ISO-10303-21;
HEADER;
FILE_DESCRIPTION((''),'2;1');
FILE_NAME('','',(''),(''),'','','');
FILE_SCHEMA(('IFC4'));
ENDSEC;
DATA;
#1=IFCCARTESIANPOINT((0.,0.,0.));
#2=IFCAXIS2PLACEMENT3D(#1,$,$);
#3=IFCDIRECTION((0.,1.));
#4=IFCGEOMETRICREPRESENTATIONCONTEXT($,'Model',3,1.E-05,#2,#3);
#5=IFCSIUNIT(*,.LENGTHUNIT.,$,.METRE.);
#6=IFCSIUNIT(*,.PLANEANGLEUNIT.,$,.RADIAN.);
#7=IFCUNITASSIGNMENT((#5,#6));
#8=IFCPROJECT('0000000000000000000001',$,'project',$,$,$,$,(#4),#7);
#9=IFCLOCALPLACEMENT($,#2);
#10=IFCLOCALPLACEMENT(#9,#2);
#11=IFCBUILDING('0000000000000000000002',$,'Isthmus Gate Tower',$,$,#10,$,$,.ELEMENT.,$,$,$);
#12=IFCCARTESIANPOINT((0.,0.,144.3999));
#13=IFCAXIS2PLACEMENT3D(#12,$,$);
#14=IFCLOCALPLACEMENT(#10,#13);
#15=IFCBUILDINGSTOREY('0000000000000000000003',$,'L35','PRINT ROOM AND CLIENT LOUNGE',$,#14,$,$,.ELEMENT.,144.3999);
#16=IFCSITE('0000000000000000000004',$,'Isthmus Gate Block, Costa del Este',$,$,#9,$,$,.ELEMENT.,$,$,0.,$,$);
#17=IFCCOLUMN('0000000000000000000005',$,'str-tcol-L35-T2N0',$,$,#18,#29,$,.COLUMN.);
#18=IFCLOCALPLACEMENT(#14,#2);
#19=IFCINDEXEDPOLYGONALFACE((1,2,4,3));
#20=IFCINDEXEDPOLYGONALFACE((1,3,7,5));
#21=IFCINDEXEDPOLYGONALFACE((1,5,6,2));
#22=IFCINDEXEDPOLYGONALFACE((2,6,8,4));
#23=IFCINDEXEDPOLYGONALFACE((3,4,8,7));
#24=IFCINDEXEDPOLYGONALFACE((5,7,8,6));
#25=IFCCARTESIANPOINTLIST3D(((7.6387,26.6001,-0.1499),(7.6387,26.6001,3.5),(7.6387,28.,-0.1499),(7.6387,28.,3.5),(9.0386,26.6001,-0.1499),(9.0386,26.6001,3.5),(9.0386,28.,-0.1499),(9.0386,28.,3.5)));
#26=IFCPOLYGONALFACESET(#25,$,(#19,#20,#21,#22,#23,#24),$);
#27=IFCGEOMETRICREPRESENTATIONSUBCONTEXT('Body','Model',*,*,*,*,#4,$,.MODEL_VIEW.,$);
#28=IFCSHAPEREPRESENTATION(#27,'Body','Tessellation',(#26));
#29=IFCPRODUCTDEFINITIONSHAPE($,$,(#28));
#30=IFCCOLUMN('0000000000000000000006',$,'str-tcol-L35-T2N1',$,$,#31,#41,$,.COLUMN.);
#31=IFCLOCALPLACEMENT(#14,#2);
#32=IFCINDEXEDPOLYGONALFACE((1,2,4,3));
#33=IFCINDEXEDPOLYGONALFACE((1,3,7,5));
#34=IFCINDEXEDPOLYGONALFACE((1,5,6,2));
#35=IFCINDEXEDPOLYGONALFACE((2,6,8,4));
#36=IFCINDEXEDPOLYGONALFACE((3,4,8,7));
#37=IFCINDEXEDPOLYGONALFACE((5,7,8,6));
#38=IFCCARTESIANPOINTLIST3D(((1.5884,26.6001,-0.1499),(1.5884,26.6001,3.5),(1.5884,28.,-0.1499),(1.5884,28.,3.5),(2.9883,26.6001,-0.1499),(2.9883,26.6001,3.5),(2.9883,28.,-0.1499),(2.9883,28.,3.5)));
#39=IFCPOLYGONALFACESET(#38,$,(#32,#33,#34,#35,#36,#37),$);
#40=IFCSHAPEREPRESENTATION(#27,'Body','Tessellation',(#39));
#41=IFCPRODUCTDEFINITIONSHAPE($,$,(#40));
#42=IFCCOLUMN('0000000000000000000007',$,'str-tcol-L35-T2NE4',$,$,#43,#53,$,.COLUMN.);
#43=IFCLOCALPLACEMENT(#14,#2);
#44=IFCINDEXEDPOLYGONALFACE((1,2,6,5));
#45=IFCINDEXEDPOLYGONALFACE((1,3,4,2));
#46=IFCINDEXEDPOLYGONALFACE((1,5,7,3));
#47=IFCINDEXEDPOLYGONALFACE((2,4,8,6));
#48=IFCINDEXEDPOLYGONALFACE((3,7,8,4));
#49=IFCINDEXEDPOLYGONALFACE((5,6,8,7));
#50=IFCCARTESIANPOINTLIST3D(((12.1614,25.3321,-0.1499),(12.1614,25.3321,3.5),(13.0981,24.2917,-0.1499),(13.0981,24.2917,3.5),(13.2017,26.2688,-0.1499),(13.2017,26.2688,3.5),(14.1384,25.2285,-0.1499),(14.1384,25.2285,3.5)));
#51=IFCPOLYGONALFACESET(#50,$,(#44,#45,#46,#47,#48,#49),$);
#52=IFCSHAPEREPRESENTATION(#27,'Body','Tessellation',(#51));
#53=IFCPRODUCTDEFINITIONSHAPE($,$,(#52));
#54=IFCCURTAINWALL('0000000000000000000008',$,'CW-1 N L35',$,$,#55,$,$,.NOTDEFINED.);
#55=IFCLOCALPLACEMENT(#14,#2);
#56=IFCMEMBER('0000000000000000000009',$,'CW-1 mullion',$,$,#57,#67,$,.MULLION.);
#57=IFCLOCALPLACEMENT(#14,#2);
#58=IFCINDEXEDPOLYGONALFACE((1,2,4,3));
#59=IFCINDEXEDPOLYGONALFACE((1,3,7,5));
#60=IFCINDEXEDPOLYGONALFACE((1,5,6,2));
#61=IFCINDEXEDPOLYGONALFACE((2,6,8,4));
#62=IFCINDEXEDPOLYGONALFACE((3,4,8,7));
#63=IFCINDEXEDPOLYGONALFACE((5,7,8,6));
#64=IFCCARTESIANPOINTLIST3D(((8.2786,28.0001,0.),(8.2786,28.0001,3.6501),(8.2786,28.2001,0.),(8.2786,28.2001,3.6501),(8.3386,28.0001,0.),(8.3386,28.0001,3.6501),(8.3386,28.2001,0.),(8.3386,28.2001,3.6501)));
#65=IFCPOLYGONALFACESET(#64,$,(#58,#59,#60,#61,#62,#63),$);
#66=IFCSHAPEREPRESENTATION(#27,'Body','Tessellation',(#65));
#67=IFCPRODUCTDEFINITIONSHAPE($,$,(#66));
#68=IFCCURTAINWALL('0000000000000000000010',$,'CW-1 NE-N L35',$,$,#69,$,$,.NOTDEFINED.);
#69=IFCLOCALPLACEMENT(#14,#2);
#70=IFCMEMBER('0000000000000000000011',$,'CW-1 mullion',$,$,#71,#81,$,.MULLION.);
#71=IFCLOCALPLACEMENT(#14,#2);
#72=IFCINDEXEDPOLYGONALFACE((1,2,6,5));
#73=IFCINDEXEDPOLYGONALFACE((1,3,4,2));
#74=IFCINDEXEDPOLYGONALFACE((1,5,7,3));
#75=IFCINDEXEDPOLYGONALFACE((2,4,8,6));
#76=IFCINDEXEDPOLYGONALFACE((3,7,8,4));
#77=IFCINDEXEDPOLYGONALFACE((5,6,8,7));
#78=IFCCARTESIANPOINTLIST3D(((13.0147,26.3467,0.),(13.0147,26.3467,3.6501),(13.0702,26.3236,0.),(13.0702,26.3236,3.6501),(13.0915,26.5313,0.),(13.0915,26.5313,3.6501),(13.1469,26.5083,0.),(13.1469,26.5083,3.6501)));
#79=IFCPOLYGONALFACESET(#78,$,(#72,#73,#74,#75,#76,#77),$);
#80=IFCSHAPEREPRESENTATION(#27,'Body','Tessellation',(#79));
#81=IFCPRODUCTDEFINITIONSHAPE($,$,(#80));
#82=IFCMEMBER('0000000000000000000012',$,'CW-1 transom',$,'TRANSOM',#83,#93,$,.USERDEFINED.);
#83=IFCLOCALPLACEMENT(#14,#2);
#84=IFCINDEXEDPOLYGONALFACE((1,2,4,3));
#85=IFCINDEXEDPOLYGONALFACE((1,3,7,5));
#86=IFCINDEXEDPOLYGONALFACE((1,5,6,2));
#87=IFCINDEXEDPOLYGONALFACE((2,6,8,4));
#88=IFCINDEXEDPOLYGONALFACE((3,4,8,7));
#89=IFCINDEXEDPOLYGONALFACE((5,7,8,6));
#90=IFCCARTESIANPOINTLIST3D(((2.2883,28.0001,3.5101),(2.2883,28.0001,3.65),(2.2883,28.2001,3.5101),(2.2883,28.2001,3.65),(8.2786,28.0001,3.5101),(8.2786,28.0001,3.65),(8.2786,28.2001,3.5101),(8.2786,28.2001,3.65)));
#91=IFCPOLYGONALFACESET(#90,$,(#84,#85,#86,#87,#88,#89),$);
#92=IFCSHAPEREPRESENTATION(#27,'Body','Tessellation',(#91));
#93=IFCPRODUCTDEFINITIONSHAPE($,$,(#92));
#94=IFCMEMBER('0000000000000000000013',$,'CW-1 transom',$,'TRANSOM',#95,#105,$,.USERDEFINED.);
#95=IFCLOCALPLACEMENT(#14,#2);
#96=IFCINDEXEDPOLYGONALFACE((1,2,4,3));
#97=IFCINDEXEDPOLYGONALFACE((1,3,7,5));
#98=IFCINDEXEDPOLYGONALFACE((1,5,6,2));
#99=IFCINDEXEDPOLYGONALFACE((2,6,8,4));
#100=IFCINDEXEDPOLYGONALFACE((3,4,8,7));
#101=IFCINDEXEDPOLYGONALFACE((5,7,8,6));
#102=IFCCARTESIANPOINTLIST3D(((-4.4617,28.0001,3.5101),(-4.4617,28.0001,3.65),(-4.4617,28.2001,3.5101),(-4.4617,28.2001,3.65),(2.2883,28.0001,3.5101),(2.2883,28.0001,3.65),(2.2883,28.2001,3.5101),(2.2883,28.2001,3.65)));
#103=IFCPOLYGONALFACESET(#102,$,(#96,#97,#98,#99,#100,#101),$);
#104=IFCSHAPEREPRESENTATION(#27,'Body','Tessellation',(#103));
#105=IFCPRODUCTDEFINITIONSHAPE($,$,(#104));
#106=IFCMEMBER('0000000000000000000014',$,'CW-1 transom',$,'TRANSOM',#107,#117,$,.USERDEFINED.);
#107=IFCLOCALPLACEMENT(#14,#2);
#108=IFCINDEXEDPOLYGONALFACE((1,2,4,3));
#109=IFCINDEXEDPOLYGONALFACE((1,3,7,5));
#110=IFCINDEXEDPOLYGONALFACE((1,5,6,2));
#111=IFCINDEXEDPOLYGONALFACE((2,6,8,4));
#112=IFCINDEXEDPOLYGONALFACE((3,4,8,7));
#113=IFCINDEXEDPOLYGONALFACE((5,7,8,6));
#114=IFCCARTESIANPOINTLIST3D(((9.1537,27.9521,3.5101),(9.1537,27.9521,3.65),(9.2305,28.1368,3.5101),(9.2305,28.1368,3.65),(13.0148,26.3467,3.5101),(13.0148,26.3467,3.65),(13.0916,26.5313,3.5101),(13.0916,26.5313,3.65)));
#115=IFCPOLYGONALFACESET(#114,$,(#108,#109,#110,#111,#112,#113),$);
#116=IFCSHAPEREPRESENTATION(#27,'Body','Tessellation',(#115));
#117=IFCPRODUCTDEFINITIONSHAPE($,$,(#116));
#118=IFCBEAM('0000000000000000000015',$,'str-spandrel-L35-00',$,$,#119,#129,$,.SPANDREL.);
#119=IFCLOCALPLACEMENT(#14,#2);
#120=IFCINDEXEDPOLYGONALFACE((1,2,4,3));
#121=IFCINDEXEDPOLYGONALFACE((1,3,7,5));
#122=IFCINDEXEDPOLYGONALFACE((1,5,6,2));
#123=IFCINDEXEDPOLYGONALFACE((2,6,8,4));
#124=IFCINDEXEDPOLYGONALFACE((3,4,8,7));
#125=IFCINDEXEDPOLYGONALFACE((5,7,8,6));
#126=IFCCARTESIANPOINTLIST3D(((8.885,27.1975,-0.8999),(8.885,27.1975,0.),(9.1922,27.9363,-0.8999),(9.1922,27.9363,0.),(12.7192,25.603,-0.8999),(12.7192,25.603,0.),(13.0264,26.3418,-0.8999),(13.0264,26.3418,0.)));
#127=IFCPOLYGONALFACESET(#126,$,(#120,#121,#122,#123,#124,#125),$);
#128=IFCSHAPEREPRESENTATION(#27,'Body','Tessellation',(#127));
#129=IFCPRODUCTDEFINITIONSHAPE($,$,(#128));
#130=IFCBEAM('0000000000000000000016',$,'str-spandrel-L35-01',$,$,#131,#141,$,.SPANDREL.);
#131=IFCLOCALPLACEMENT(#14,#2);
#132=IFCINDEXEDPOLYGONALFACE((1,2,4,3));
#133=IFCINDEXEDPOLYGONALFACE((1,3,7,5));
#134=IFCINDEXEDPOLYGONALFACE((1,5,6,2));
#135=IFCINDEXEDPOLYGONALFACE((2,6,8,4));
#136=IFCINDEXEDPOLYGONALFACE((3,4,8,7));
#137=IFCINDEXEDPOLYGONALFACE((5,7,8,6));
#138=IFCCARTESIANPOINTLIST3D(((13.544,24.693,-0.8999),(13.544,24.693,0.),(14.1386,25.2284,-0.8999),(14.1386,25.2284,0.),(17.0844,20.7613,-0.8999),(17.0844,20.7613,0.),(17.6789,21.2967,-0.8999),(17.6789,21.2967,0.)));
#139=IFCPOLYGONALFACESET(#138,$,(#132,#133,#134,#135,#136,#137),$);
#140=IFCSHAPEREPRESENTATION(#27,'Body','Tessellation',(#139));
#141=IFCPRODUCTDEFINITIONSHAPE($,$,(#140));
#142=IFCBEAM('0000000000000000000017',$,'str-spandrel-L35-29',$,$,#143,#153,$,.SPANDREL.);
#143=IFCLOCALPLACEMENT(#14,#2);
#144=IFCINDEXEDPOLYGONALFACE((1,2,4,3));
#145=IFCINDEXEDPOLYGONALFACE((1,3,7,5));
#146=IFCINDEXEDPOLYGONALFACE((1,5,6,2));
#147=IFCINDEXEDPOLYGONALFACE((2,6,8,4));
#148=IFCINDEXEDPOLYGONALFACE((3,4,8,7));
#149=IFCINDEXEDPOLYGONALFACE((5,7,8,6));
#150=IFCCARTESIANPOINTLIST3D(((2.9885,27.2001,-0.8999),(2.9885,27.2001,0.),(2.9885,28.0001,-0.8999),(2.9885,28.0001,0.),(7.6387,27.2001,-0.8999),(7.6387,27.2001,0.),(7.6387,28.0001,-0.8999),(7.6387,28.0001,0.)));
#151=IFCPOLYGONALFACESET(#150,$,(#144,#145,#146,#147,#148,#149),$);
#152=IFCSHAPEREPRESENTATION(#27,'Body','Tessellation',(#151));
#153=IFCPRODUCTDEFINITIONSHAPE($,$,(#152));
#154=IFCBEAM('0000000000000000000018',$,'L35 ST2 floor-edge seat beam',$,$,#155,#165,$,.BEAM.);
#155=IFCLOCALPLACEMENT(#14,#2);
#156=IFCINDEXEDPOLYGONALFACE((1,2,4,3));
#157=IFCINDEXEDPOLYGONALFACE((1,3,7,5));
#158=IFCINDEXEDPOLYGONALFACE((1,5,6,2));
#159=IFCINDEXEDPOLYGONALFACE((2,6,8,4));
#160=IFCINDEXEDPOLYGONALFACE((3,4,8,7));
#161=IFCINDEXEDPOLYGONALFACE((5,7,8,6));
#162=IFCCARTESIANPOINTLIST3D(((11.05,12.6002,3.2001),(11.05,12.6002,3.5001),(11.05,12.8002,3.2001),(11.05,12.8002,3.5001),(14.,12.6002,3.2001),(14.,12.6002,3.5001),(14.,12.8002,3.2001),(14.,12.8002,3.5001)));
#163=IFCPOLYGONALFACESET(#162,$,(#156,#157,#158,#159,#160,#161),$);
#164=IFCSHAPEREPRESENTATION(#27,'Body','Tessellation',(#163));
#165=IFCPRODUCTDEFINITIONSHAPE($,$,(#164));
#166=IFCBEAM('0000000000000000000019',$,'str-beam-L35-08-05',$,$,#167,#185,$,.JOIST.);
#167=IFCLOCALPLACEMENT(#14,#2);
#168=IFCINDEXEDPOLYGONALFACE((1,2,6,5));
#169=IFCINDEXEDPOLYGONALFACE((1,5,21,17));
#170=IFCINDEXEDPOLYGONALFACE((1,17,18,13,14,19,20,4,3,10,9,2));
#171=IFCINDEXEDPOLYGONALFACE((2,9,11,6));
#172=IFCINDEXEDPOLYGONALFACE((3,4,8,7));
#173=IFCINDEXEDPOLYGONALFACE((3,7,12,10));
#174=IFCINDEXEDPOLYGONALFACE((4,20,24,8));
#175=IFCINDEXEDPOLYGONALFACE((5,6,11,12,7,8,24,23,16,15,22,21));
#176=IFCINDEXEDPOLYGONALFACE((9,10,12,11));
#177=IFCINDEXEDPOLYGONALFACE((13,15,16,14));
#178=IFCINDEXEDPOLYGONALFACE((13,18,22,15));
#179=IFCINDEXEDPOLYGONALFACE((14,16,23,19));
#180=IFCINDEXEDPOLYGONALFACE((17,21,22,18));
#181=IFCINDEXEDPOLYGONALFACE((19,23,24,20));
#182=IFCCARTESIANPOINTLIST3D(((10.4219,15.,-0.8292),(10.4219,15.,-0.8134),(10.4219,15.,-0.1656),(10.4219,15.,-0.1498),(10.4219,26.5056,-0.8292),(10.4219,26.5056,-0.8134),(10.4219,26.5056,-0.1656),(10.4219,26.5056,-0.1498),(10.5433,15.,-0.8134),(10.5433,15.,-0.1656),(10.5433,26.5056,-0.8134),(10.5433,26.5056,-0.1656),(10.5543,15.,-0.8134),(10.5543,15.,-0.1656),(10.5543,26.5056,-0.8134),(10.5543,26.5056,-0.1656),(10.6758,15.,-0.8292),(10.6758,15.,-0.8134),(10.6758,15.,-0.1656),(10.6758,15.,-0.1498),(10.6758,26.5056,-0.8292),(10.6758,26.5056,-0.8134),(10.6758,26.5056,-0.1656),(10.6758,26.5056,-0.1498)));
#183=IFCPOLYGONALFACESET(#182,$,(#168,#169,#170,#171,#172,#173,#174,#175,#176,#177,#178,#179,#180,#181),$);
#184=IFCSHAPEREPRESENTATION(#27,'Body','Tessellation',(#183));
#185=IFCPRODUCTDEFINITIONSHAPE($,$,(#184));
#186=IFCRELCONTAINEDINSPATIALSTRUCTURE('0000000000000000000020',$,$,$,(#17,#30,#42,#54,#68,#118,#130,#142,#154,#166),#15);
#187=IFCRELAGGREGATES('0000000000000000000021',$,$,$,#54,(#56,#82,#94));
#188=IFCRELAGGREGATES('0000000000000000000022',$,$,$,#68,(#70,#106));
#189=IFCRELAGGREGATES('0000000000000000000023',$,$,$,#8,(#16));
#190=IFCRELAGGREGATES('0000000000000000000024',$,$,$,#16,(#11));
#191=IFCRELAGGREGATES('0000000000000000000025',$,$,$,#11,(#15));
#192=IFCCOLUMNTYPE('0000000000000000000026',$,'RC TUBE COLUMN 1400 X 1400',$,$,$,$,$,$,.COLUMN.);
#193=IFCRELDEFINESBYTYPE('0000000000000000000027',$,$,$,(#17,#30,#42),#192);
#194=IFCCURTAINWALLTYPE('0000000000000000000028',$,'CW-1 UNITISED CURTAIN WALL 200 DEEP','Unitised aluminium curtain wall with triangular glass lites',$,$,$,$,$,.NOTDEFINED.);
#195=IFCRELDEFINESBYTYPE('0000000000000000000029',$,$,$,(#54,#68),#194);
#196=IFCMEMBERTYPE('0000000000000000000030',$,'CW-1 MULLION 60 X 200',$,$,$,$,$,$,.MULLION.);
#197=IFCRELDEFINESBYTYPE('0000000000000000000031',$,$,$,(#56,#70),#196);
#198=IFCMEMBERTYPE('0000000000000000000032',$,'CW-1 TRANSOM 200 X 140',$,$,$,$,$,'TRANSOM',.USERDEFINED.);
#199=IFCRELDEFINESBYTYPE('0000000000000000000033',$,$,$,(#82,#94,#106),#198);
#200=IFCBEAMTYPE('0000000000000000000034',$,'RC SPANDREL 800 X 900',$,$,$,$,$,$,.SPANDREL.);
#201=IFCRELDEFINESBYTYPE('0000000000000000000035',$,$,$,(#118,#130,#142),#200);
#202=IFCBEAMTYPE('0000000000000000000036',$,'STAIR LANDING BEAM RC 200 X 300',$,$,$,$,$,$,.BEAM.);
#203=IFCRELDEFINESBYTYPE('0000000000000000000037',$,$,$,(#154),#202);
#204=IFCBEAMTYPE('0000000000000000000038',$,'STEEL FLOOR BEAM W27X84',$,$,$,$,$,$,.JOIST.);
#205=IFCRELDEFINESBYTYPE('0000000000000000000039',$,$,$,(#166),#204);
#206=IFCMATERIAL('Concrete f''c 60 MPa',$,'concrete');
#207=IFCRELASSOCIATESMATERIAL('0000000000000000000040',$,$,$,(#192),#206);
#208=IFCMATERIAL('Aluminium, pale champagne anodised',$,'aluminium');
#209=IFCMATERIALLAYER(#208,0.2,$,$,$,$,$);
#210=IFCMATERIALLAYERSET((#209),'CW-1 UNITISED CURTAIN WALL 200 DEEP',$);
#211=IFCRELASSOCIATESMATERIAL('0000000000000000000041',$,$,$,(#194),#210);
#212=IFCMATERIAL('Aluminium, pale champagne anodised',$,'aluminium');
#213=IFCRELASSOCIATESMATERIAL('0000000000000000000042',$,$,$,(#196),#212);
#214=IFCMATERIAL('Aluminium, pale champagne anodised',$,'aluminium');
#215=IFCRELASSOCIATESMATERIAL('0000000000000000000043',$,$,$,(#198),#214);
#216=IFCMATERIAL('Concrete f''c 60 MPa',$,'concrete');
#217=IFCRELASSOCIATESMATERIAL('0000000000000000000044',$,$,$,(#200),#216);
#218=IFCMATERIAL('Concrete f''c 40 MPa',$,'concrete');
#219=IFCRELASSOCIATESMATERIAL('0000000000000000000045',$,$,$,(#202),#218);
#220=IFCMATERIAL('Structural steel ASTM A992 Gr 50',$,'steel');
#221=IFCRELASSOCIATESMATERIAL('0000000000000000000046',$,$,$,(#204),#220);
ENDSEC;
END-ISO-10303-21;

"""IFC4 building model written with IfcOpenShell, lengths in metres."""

from ifc_helpers import new_model, si_unit, direction, frame, origin, origin_2d, place, context, subcontext, project, spatial, rectangle, i_section, extrude, material, layer, layer_set, material_profile, profile_set, type_object, element, aggregate, save


model = new_model("IFC4")

# Units and contexts
model_context = context("Model", 3, precision=1e-05, world=origin(), true_north=direction((0.0, 1.0)))
body_context = subcontext(model_context, "Body", "Model", "MODEL_VIEW")
ifc_project = project(units=[si_unit("LENGTHUNIT", "METRE"), si_unit("PLANEANGLEUNIT", "RADIAN")], contexts=[model_context])

# Site, building, storey
site_placement = place(None, origin())
site = spatial("IfcSite", under=ifc_project, at=site_placement, Name="Isthmus Gate Block, Costa del Este", CompositionType="ELEMENT", RefElevation=0.0)
building_placement = place(site_placement, origin())
building = spatial("IfcBuilding", under=site, at=building_placement, Name="Isthmus Gate Tower", CompositionType="ELEMENT")
storey_placement = place(building_placement, frame((0.0, 0.0, 144.3999)))
storey = spatial("IfcBuildingStorey", under=building, at=storey_placement, Name="L35", Description="PRINT ROOM AND CLIENT LOUNGE", CompositionType="ELEMENT", Elevation=144.3999)

# Columns
ifc_material_1 = material(Name="Concrete f'c 60 MPa", Category="concrete")
ifc_material_profile_1 = material_profile(ifc_material_1, rectangle(XDim=1.3999, YDim=1.3999, at=origin_2d()), Name="RC 1400X1400")
ifc_profile_set_1 = profile_set([ifc_material_profile_1], Name="Concrete f'c 60 MPa")
column_type = type_object("IfcColumnType", Name="RC TUBE COLUMN 1400 X 1400", PredefinedType="COLUMN", material=ifc_profile_set_1)
for number, where, z_axis, x_axis, name in (
    (1, (8.3386, 27.3, -0.1499), (0.0, 0.0, 1.0), (-1.0, 0.0, 0.0), "str-tcol-L35-T2N0"),
    (2, (2.2883, 27.3, -0.1499), (0.0, 0.0, 1.0), (-1.0, 0.0, 0.0), "str-tcol-L35-T2N1"),
    (3, (13.1499, 25.2803, -0.1499), (0.0, 0.0, 1.0), (-0.669131, 0.743145, 0.0), "str-tcol-L35-T2NE4"),
):
    element("IfcColumn", number, at=place(storey_placement, frame(where, z_axis=z_axis, x_axis=x_axis)), inside=storey, type_object=column_type, Name=name, PredefinedType="COLUMN", context=body_context, shape_type="SweptSolid", body=[
        extrude(rectangle(XDim=1.3999, YDim=1.3999, at=origin_2d()), origin(), (0.0, 0.0, 1.0), 3.6499),
    ])

# Curtain walls, members
ifc_material_2 = material(Name="Aluminium, pale champagne anodised", Category="aluminium")
ifc_layer_1 = layer(ifc_material_2, 0.2)
ifc_layer_set_1 = layer_set([ifc_layer_1], Name="CW-1 UNITISED CURTAIN WALL 200 DEEP")
curtain_wall_type = type_object("IfcCurtainWallType", Name="CW-1 UNITISED CURTAIN WALL 200 DEEP", Description="Unitised aluminium curtain wall with triangular glass lites", PredefinedType="NOTDEFINED", material=ifc_layer_set_1)
curtain_wall_1_placement = place(storey_placement, origin())
curtain_wall_1 = element("IfcCurtainWall", 4, at=curtain_wall_1_placement, inside=storey, type_object=curtain_wall_type, Name="CW-1 N L35", PredefinedType="NOTDEFINED")
ifc_material_3 = material(Name="Aluminium, pale champagne anodised", Category="aluminium")
ifc_material_profile_2 = material_profile(ifc_material_3, rectangle(XDim=0.0601, YDim=0.2, at=origin_2d()), Name="60x200")
ifc_profile_set_2 = profile_set([ifc_material_profile_2], Name="Aluminium, pale champagne anodised")
member_type_1 = type_object("IfcMemberType", Name="CW-1 MULLION 60 X 200", PredefinedType="MULLION", material=ifc_profile_set_2)
member_1_placement = place(storey_placement, frame((8.3086, 28.1001, 0.0), z_axis=(0.0, 0.0, 1.0), x_axis=(-1.0, 0.0, 0.0)))
member_1 = element("IfcMember", 5, at=member_1_placement, type_object=member_type_1, Name="CW-1 mullion", PredefinedType="MULLION", context=body_context, shape_type="SweptSolid", body=[
    extrude(rectangle(XDim=0.0601, YDim=0.2, at=origin_2d()), origin(), (0.0, 0.0, 1.0), 3.6501),
])
curtain_wall_2_placement = place(storey_placement, origin())
curtain_wall_2 = element("IfcCurtainWall", 6, at=curtain_wall_2_placement, inside=storey, type_object=curtain_wall_type, Name="CW-1 NE-N L35", PredefinedType="NOTDEFINED")
member_2_placement = place(storey_placement, frame((13.0808, 26.4275, 0.0), z_axis=(0.0, 0.0, 1.0), x_axis=(-0.923353, 0.383952, 0.0)))
member_2 = element("IfcMember", 7, at=member_2_placement, type_object=member_type_1, Name="CW-1 mullion", PredefinedType="MULLION", context=body_context, shape_type="SweptSolid", body=[
    extrude(rectangle(XDim=0.0601, YDim=0.2, at=origin_2d()), origin(), (0.0, 0.0, 1.0), 3.6501),
])

# Members
ifc_material_4 = material(Name="Aluminium, pale champagne anodised", Category="aluminium")
ifc_material_profile_3 = material_profile(ifc_material_4, rectangle(XDim=0.2, YDim=0.1399, at=origin_2d()), Name="200x140")
ifc_profile_set_3 = profile_set([ifc_material_profile_3], Name="Aluminium, pale champagne anodised")
member_type_2 = type_object("IfcMemberType", Name="CW-1 TRANSOM 200 X 140", ElementType="TRANSOM", PredefinedType="USERDEFINED", material=ifc_profile_set_3)
member_3_placement = place(storey_placement, frame((8.2786, 28.1001, 3.5801), z_axis=(-1.0, 0.0, 0.0), x_axis=(0.0, -1.0, 0.0)))
member_3 = element("IfcMember", 8, at=member_3_placement, type_object=member_type_2, Name="CW-1 transom", ObjectType="TRANSOM", PredefinedType="USERDEFINED", context=body_context, shape_type="SweptSolid", body=[
    extrude(rectangle(XDim=0.2, YDim=0.1399, at=origin_2d()), origin(), (0.0, 0.0, 1.0), 5.9902),
])
member_4_placement = place(storey_placement, frame((2.2883, 28.1001, 3.5801), z_axis=(-1.0, 0.0, 0.0), x_axis=(0.0, -1.0, 0.0)))
member_4 = element("IfcMember", 9, at=member_4_placement, type_object=member_type_2, Name="CW-1 transom", ObjectType="TRANSOM", PredefinedType="USERDEFINED", context=body_context, shape_type="SweptSolid", body=[
    extrude(rectangle(XDim=0.2, YDim=0.1399, at=origin_2d()), origin(), (0.0, 0.0, 1.0), 6.75),
])
member_5_placement = place(storey_placement, frame((13.0532, 26.439, 3.5801), z_axis=(-0.923358, 0.38394, 0.0), x_axis=(-0.38394, -0.923358, 0.0)))
member_5 = element("IfcMember", 10, at=member_5_placement, type_object=member_type_2, Name="CW-1 transom", ObjectType="TRANSOM", PredefinedType="USERDEFINED", context=body_context, shape_type="SweptSolid", body=[
    extrude(rectangle(XDim=0.2, YDim=0.1399, at=origin_2d()), origin(), (0.0, 0.0, 1.0), 4.1816),
])

# Beams
ifc_material_5 = material(Name="Concrete f'c 60 MPa", Category="concrete")
ifc_material_profile_4 = material_profile(ifc_material_5, rectangle(XDim=0.8, YDim=0.8999, at=origin_2d()), Name="RC 800X900")
ifc_profile_set_4 = profile_set([ifc_material_profile_4], Name="Concrete f'c 60 MPa")
beam_type_1 = type_object("IfcBeamType", Name="RC SPANDREL 800 X 900", PredefinedType="SPANDREL", material=ifc_profile_set_4)
beam_1_placement = place(storey_placement, frame((9.0386, 27.5669, -0.45), z_axis=(0.923343, -0.383977, 0.0), x_axis=(0.383977, 0.923343, 0.0)))
element("IfcBeam", 11, at=beam_1_placement, inside=storey, type_object=beam_type_1, Name="str-spandrel-L35-00", PredefinedType="SPANDREL", context=body_context, shape_type="SweptSolid", body=[
    extrude(rectangle(XDim=0.8, YDim=0.8999, at=origin_2d()), origin(), (0.0, 0.0, 1.0), 4.1526),
])
beam_2_placement = place(storey_placement, frame((13.8413, 24.9607, -0.45), z_axis=(0.669153, -0.743124, 0.0), x_axis=(0.743124, 0.669153, 0.0)))
element("IfcBeam", 12, at=beam_2_placement, inside=storey, type_object=beam_type_1, Name="str-spandrel-L35-01", PredefinedType="SPANDREL", context=body_context, shape_type="SweptSolid", body=[
    extrude(rectangle(XDim=0.8, YDim=0.8999, at=origin_2d()), origin(), (0.0, 0.0, 1.0), 5.2908),
])
beam_3_placement = place(storey_placement, frame((2.9885, 27.6001, -0.45), z_axis=(1.0, 0.0, 0.0), x_axis=(0.0, 1.0, 0.0)))
element("IfcBeam", 13, at=beam_3_placement, inside=storey, type_object=beam_type_1, Name="str-spandrel-L35-29", PredefinedType="SPANDREL", context=body_context, shape_type="SweptSolid", body=[
    extrude(rectangle(XDim=0.8, YDim=0.8999, at=origin_2d()), origin(), (0.0, 0.0, 1.0), 4.6501),
])
ifc_material_6 = material(Name="Concrete f'c 40 MPa", Category="concrete")
ifc_material_profile_5 = material_profile(ifc_material_6, rectangle(XDim=0.2, YDim=0.3, at=origin_2d()), Name="STAIR LANDING BEAM RC 200 X 300")
ifc_profile_set_5 = profile_set([ifc_material_profile_5], Name="Concrete f'c 40 MPa")
beam_type_2 = type_object("IfcBeamType", Name="STAIR LANDING BEAM RC 200 X 300", PredefinedType="BEAM", material=ifc_profile_set_5)
beam_4_placement = place(storey_placement, frame((11.05, 12.7002, 3.3501), z_axis=(1.0, 0.0, 0.0), x_axis=(0.0, 1.0, 0.0)))
element("IfcBeam", 14, at=beam_4_placement, inside=storey, type_object=beam_type_2, Name="L35 ST2 floor-edge seat beam", PredefinedType="BEAM", context=body_context, shape_type="SweptSolid", body=[
    extrude(rectangle(XDim=0.2, YDim=0.3, at=origin_2d()), origin(), (0.0, 0.0, 1.0), 2.95),
])
ifc_material_7 = material(Name="Structural steel ASTM A992 Gr 50", Category="steel")
ifc_material_profile_6 = material_profile(ifc_material_7, i_section(OverallWidth=0.2539, OverallDepth=0.6794, WebThickness=0.011, FlangeThickness=0.0159, at=origin_2d()), Name="W27X84")
ifc_profile_set_6 = profile_set([ifc_material_profile_6], Name="Structural steel ASTM A992 Gr 50")
beam_type_3 = type_object("IfcBeamType", Name="STEEL FLOOR BEAM W27X84", PredefinedType="JOIST", material=ifc_profile_set_6)
beam_5_placement = place(storey_placement, frame((10.5488, 15.0, -0.4895), z_axis=(0.0, 1.0, 0.0), x_axis=(-1.0, 0.0, 0.0)))
element("IfcBeam", 15, at=beam_5_placement, inside=storey, type_object=beam_type_3, Name="str-beam-L35-08-05", PredefinedType="JOIST", context=body_context, shape_type="SweptSolid", body=[
    extrude(i_section(OverallWidth=0.2539, OverallDepth=0.6794, WebThickness=0.011, FlangeThickness=0.0159, at=origin_2d()), origin(), (0.0, 0.0, 1.0), 11.5056),
])

aggregate(curtain_wall_1, [member_1, member_3, member_4])
aggregate(curtain_wall_2, [member_2, member_5])

save(model, "model.ifc")
